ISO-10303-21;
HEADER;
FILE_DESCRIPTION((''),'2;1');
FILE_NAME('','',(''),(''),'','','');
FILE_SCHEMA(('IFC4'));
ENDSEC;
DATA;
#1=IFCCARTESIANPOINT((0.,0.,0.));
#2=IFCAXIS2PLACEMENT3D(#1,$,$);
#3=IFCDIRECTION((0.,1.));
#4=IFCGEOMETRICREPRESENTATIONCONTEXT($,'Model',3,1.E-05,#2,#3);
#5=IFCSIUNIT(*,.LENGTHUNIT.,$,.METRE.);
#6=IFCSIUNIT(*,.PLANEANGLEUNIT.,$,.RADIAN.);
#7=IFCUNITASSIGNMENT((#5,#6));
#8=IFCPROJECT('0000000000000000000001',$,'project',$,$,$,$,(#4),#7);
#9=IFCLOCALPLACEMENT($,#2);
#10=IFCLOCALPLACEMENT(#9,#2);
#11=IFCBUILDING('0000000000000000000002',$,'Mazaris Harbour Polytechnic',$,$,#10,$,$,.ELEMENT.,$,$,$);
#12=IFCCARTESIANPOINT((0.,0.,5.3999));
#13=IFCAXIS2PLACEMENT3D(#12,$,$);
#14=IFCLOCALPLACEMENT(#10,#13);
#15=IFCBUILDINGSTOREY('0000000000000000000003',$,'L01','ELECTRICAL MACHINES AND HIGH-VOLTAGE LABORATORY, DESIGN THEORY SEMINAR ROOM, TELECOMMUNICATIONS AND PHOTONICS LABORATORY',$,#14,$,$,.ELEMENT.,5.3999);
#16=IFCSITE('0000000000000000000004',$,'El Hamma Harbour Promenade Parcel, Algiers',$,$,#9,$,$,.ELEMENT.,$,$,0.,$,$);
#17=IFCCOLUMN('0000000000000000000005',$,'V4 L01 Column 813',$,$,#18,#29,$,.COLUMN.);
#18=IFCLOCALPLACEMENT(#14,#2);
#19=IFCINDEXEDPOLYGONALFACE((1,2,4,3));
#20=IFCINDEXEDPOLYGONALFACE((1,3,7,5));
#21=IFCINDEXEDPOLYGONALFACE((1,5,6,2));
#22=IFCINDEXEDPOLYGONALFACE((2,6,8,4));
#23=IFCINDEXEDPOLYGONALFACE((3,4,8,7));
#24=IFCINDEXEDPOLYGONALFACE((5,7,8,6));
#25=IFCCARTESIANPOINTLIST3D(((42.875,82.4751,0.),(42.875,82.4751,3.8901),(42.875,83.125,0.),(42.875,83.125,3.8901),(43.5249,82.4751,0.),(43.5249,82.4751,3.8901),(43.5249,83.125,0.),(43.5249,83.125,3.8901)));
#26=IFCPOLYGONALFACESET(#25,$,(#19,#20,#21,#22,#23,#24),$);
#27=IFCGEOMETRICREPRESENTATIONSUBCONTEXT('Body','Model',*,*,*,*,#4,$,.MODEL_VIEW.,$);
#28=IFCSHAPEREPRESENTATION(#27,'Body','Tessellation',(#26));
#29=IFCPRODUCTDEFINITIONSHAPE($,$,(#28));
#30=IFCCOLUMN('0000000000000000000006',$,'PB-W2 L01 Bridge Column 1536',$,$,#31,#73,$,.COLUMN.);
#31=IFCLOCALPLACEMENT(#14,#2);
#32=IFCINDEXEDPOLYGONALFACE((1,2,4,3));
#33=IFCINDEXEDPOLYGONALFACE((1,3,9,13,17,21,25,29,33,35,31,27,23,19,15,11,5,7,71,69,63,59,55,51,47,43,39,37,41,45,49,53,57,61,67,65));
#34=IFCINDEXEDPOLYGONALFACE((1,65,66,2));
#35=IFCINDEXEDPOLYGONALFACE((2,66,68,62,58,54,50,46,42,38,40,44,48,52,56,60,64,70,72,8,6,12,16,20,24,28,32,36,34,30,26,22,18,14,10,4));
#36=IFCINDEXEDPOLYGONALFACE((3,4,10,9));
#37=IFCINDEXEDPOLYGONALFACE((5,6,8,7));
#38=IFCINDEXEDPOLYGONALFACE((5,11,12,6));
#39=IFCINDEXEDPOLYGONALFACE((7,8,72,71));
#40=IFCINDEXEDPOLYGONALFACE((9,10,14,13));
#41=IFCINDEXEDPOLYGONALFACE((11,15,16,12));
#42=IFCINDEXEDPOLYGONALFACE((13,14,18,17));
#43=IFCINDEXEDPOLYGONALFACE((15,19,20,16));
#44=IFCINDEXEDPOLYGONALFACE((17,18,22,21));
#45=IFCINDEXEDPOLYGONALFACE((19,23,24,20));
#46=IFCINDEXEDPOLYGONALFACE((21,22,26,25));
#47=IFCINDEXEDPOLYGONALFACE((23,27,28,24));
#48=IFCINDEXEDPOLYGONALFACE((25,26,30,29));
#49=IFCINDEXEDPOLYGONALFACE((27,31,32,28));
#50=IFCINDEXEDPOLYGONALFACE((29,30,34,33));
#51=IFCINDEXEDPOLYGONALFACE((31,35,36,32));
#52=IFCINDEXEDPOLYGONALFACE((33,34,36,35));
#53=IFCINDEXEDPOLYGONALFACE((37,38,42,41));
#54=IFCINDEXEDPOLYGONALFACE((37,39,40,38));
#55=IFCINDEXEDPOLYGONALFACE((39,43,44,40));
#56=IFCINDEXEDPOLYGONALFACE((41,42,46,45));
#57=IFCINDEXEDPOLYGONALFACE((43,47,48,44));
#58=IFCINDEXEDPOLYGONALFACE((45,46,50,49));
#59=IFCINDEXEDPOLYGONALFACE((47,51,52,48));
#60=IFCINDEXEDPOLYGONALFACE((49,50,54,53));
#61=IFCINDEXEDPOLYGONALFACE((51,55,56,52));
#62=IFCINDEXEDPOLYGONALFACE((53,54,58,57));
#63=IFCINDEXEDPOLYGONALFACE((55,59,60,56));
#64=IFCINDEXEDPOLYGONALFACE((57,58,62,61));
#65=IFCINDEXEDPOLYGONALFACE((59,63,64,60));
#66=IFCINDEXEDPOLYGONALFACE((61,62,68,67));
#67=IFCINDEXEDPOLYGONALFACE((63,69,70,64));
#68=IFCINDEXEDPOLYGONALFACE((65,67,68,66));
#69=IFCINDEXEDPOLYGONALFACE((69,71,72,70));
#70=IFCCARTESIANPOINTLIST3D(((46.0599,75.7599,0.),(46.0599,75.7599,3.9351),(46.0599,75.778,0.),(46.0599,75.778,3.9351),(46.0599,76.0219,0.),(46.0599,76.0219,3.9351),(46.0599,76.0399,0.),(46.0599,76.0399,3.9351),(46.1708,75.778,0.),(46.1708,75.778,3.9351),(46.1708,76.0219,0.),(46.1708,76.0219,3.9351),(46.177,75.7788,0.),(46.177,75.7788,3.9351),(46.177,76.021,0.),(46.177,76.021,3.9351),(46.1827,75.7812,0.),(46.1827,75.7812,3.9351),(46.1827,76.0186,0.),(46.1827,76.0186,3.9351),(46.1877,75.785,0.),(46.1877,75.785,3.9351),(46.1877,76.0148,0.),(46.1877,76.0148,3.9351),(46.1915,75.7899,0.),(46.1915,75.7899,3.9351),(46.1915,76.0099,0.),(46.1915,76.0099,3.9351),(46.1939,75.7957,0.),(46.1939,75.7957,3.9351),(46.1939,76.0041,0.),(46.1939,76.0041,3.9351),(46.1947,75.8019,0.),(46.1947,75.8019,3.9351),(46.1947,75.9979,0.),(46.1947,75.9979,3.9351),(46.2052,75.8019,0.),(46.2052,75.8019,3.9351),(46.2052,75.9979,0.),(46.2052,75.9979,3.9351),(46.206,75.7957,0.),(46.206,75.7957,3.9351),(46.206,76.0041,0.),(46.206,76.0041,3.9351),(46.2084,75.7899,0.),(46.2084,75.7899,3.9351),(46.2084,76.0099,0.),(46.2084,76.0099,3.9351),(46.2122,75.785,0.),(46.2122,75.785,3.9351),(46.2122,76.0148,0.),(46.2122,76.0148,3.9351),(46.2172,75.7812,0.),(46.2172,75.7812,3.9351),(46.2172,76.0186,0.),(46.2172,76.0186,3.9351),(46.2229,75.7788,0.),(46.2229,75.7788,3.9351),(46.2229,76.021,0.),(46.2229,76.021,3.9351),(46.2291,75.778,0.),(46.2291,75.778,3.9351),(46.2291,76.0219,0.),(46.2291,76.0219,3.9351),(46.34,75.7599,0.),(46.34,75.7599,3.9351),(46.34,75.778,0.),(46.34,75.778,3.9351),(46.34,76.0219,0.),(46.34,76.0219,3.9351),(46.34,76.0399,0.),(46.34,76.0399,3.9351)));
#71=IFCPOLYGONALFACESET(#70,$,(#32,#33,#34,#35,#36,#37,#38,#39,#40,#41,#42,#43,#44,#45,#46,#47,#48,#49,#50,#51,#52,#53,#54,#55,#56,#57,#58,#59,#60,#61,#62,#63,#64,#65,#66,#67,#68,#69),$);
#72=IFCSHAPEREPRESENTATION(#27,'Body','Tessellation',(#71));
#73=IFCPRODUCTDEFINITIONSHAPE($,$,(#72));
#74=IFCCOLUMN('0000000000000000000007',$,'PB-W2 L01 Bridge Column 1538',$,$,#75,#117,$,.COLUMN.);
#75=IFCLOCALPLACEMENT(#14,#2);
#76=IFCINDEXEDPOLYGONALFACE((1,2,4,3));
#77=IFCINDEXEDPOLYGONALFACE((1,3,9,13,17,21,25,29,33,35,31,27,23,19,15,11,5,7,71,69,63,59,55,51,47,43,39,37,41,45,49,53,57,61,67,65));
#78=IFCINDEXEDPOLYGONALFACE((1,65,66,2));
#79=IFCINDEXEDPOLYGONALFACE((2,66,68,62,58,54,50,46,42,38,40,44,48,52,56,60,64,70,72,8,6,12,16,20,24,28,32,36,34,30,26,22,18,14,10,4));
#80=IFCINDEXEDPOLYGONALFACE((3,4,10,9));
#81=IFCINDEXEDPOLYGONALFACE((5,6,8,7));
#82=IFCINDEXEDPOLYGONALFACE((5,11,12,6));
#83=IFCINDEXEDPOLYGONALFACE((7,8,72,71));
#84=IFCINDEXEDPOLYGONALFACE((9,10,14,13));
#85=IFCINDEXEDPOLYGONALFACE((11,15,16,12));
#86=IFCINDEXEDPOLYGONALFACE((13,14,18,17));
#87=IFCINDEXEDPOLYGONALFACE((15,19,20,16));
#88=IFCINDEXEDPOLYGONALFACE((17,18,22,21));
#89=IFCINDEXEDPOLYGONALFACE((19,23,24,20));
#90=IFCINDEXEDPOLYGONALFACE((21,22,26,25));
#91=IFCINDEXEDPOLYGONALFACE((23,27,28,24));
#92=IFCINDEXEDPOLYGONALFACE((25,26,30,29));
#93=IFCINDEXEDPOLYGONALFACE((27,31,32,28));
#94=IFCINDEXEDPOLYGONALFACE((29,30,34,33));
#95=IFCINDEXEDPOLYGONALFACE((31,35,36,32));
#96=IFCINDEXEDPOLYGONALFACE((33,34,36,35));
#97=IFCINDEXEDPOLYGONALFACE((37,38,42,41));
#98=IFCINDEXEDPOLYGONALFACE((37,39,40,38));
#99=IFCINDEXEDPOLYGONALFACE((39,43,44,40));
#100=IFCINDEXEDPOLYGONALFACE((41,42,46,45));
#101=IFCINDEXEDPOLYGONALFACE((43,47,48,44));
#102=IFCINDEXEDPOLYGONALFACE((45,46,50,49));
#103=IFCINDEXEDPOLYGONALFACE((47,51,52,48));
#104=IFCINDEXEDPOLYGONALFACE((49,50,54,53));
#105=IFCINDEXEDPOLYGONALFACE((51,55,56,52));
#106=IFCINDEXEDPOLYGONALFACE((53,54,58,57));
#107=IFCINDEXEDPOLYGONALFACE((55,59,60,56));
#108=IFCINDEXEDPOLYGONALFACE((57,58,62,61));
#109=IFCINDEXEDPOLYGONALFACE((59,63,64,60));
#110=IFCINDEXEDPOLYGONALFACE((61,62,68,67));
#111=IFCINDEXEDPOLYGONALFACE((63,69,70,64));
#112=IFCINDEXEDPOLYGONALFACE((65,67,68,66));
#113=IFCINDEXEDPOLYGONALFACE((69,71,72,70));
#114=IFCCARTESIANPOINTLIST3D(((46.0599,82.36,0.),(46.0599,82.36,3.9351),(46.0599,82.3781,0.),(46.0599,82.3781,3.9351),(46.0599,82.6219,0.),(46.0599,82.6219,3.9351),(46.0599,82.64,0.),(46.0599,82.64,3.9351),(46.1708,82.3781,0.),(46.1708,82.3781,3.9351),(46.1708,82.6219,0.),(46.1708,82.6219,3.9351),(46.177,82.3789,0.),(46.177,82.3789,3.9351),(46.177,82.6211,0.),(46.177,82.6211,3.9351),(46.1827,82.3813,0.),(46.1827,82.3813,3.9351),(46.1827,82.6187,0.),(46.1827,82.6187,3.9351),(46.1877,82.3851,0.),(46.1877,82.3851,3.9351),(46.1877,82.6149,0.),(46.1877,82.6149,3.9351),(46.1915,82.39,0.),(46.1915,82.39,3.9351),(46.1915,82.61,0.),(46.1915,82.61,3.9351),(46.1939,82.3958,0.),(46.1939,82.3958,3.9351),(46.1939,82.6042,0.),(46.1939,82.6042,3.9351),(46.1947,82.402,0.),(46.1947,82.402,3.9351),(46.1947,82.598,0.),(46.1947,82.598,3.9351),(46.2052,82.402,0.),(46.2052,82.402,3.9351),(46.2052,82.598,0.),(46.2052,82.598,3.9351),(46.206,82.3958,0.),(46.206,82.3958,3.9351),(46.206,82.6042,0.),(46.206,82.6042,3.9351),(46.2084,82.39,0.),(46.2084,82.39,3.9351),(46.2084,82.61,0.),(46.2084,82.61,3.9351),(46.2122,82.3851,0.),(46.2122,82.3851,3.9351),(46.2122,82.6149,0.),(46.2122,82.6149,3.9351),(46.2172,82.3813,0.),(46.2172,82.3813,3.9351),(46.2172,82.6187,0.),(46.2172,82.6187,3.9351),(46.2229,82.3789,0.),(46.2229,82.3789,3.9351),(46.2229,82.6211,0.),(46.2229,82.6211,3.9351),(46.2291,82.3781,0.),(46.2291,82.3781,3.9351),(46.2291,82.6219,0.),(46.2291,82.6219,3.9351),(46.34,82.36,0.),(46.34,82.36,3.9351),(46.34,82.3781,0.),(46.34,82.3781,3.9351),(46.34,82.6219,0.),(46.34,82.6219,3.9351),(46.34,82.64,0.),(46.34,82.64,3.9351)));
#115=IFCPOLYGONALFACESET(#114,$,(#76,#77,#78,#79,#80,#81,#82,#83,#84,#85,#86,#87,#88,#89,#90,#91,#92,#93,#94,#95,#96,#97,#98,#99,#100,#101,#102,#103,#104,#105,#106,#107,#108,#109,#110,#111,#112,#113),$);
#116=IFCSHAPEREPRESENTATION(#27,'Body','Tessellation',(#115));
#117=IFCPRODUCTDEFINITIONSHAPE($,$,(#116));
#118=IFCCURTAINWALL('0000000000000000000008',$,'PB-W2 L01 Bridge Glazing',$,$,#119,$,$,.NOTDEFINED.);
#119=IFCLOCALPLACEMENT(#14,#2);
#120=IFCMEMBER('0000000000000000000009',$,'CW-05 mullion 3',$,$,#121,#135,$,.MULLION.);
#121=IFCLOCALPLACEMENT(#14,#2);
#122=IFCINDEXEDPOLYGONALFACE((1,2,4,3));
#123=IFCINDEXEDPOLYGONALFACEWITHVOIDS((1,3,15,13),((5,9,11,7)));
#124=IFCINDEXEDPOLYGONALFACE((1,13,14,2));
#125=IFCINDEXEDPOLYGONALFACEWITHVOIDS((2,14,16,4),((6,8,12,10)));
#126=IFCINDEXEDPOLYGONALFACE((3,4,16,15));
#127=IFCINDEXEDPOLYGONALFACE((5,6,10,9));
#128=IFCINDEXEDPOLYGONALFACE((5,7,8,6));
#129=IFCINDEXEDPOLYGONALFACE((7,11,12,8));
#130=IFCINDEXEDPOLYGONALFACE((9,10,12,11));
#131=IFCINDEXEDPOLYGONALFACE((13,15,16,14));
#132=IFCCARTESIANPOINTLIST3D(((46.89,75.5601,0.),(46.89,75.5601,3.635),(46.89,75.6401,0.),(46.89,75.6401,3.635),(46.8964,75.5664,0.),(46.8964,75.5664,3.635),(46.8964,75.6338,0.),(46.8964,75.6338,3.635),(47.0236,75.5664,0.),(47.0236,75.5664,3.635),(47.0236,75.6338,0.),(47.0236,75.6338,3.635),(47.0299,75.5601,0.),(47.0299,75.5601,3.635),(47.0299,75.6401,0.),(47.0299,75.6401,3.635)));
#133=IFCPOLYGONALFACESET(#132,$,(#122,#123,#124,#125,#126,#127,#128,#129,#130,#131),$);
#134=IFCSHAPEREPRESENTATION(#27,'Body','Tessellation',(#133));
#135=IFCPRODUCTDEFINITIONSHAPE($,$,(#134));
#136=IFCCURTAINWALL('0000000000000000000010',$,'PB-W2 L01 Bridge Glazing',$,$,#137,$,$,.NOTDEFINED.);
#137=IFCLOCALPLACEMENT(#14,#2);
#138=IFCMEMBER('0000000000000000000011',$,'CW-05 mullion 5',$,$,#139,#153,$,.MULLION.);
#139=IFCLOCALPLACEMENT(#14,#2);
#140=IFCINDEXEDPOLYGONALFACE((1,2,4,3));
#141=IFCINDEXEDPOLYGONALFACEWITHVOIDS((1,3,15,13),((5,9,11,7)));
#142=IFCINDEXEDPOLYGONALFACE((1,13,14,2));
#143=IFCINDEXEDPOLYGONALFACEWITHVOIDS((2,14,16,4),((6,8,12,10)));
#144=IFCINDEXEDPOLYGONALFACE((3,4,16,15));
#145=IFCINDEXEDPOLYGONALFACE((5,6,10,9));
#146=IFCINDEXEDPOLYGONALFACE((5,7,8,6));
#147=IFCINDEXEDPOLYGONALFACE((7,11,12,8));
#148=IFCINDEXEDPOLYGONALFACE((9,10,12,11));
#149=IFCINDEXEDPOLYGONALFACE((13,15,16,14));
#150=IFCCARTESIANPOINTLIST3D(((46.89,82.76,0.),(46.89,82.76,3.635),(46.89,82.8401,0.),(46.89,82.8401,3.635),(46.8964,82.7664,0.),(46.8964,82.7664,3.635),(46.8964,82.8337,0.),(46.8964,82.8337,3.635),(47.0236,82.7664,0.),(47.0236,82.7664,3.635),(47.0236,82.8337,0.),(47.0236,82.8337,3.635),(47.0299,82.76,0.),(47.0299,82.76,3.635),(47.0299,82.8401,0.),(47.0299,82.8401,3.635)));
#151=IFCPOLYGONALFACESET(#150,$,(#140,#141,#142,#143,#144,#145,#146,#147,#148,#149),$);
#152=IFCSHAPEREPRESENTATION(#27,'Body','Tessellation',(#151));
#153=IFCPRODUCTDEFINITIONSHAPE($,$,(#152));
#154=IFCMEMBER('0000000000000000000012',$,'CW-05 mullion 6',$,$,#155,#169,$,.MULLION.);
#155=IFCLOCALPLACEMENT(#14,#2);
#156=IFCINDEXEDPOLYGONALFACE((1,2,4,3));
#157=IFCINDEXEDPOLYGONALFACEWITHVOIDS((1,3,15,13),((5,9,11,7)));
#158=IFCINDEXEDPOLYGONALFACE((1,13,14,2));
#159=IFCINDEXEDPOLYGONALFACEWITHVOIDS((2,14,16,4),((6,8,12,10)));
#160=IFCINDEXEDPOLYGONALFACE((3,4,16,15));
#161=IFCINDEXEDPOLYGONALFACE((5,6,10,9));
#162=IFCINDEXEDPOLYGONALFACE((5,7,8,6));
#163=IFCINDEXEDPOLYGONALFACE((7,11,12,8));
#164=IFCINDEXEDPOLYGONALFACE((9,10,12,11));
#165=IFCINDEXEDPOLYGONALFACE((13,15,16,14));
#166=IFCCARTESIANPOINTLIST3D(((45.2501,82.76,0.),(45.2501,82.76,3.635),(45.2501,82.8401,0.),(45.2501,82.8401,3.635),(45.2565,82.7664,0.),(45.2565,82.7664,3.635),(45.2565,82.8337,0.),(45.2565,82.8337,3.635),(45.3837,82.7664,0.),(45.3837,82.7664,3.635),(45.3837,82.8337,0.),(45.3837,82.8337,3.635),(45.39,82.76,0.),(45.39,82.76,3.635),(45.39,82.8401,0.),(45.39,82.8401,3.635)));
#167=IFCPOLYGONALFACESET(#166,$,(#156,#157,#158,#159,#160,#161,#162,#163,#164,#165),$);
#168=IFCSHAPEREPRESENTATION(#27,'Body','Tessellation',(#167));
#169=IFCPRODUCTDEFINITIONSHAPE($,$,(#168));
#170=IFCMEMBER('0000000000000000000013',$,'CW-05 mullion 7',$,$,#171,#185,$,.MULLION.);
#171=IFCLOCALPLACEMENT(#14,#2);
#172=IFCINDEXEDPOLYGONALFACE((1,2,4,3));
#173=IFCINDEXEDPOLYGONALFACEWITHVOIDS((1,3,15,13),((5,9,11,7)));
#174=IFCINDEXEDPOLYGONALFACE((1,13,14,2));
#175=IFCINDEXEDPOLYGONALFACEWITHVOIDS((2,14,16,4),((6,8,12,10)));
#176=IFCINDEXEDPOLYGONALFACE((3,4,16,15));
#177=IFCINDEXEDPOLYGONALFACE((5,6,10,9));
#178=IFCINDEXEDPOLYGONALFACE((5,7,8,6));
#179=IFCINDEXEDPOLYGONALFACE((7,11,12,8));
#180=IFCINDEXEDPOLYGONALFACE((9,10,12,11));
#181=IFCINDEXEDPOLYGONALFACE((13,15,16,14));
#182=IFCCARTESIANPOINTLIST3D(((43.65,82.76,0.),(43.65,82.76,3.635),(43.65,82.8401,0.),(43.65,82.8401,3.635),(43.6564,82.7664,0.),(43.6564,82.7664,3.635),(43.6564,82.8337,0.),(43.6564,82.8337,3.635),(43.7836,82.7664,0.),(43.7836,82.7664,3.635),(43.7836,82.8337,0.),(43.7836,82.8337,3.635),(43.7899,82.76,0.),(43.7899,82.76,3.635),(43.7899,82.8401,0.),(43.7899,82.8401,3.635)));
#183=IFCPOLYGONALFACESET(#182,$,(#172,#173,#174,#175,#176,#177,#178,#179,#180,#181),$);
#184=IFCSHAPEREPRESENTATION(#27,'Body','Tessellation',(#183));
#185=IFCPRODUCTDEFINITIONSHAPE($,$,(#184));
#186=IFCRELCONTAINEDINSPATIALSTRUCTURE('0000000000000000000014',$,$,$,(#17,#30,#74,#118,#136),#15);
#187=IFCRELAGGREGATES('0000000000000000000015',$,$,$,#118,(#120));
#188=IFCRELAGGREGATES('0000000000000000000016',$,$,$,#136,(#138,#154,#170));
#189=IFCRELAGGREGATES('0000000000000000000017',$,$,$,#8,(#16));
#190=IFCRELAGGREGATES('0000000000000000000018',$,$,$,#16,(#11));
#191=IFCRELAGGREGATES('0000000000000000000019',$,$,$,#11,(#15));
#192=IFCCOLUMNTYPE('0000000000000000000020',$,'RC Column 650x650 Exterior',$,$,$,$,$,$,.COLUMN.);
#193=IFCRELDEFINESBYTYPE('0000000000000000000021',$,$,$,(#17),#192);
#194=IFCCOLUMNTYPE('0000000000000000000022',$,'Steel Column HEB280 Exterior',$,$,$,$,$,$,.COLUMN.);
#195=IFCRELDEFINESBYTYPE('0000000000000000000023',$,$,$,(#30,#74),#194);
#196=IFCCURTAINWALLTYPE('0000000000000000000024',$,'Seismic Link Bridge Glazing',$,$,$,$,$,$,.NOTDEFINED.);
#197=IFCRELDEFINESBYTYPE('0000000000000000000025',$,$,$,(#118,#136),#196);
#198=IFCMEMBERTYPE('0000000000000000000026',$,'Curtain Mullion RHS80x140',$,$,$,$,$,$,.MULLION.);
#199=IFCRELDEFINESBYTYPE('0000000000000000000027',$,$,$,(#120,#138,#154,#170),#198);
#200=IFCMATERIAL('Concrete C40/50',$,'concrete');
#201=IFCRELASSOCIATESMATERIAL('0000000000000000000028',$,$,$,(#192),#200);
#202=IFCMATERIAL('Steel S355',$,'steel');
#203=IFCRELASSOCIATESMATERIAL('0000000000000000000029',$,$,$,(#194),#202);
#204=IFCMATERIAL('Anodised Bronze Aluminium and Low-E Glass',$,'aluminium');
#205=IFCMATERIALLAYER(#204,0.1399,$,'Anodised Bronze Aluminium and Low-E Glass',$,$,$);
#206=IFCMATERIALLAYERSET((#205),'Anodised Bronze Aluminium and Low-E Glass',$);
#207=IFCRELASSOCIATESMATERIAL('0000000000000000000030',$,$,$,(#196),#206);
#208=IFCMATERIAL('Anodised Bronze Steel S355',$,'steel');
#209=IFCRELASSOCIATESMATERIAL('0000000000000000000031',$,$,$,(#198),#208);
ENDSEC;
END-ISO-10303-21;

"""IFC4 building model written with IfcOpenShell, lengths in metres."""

from ifc_helpers import new_model, si_unit, direction, frame, origin, origin_2d, place, context, subcontext, project, spatial, rectangle, hollow_rectangle, i_section, extrude, material, layer, layer_set, material_profile, profile_set, type_object, element, aggregate, save


model = new_model("IFC4")

# Units and contexts
model_context = context("Model", 3, precision=1e-05, world=origin(), true_north=direction((0.0, 1.0)))
body_context = subcontext(model_context, "Body", "Model", "MODEL_VIEW")
ifc_project = project(units=[si_unit("LENGTHUNIT", "METRE"), si_unit("PLANEANGLEUNIT", "RADIAN")], contexts=[model_context])

# Site, building, storey
site_placement = place(None, origin())
site = spatial("IfcSite", under=ifc_project, at=site_placement, Name="El Hamma Harbour Promenade Parcel, Algiers", CompositionType="ELEMENT", RefElevation=0.0)
building_placement = place(site_placement, origin())
building = spatial("IfcBuilding", under=site, at=building_placement, Name="Mazaris Harbour Polytechnic", CompositionType="ELEMENT")
storey_placement = place(building_placement, frame((0.0, 0.0, 5.3999)))
storey = spatial("IfcBuildingStorey", under=building, at=storey_placement, Name="L01", Description="ELECTRICAL MACHINES AND HIGH-VOLTAGE LABORATORY, DESIGN THEORY SEMINAR ROOM, TELECOMMUNICATIONS AND PHOTONICS LABORATORY", CompositionType="ELEMENT", Elevation=5.3999)

# Columns
ifc_material_1 = material(Name="Concrete C40/50", Category="concrete")
ifc_material_profile_1 = material_profile(ifc_material_1, rectangle(XDim=0.6499, YDim=0.6499, at=origin_2d()), Name="RECT650x650")
ifc_profile_set_1 = profile_set([ifc_material_profile_1], Name="Concrete C40/50")
column_type_1 = type_object("IfcColumnType", Name="RC Column 650x650 Exterior", PredefinedType="COLUMN", material=ifc_profile_set_1)
column_placement = place(storey_placement, frame((43.2, 82.8, 0.0), z_axis=(0.0, 0.0, 1.0), x_axis=(1.0, 0.0, 0.0)))
element("IfcColumn", 1, at=column_placement, inside=storey, type_object=column_type_1, Name="V4 L01 Column 813", PredefinedType="COLUMN", context=body_context, shape_type="SweptSolid", body=[
    extrude(rectangle(XDim=0.6499, YDim=0.6499, at=origin_2d()), origin(), (0.0, 0.0, 1.0), 3.8901),
])
ifc_material_2 = material(Name="Steel S355", Category="steel")
ifc_material_profile_2 = material_profile(ifc_material_2, i_section(OverallWidth=0.28, OverallDepth=0.28, WebThickness=0.0105, FlangeThickness=0.0181, FilletRadius=0.0239, at=origin_2d()), Name="HEB 280")
ifc_profile_set_2 = profile_set([ifc_material_profile_2], Name="Steel S355")
column_type_2 = type_object("IfcColumnType", Name="Steel Column HEB280 Exterior", PredefinedType="COLUMN", material=ifc_profile_set_2)
for number, where, z_axis, x_axis, name in (
    (2, (46.2, 75.8999, 0.0), (0.0, 0.0, 1.0), (1.0, 0.0, 0.0), "PB-W2 L01 Bridge Column 1536"),
    (3, (46.2, 82.5, 0.0), (0.0, 0.0, 1.0), (1.0, 0.0, 0.0), "PB-W2 L01 Bridge Column 1538"),
):
    element("IfcColumn", number, at=place(storey_placement, frame(where, z_axis=z_axis, x_axis=x_axis)), inside=storey, type_object=column_type_2, Name=name, PredefinedType="COLUMN", context=body_context, shape_type="SweptSolid", body=[
        extrude(i_section(OverallWidth=0.28, OverallDepth=0.28, WebThickness=0.0105, FlangeThickness=0.0181, FilletRadius=0.0239, at=origin_2d()), origin(), (0.0, 0.0, 1.0), 3.9351),
    ])

# Curtain wall, member
ifc_material_3 = material(Name="Anodised Bronze Aluminium and Low-E Glass", Category="aluminium")
ifc_layer_1 = layer(ifc_material_3, 0.1399, Name="Anodised Bronze Aluminium and Low-E Glass")
ifc_layer_set_1 = layer_set([ifc_layer_1], Name="Anodised Bronze Aluminium and Low-E Glass")
curtain_wall_type = type_object("IfcCurtainWallType", Name="Seismic Link Bridge Glazing", PredefinedType="NOTDEFINED", material=ifc_layer_set_1)
curtain_wall_1_placement = place(storey_placement, origin())
curtain_wall_1 = element("IfcCurtainWall", 4, at=curtain_wall_1_placement, inside=storey, type_object=curtain_wall_type, Name="PB-W2 L01 Bridge Glazing", PredefinedType="NOTDEFINED")
ifc_material_4 = material(Name="Anodised Bronze Steel S355", Category="steel")
ifc_material_profile_3 = material_profile(ifc_material_4, hollow_rectangle(XDim=0.0801, YDim=0.1399, WallThickness=0.0063, at=origin_2d()), Name="RHS 80x140x6.3")
ifc_profile_set_3 = profile_set([ifc_material_profile_3], Name="Anodised Bronze Steel S355")
member_type_1 = type_object("IfcMemberType", Name="Curtain Mullion RHS80x140", PredefinedType="MULLION", material=ifc_profile_set_3)
member_1_placement = place(storey_placement, frame((46.96, 75.6001, 0.0), z_axis=(0.0, 0.0, 1.0), x_axis=(0.0, 1.0, 0.0)))
member_1 = element("IfcMember", 5, at=member_1_placement, type_object=member_type_1, Name="CW-05 mullion 3", PredefinedType="MULLION", context=body_context, shape_type="SweptSolid", body=[
    extrude(hollow_rectangle(XDim=0.0801, YDim=0.1399, WallThickness=0.0063, at=origin_2d()), origin(), (0.0, 0.0, 1.0), 3.635),
])

# Curtain wall, members
curtain_wall_2_placement = place(storey_placement, origin())
curtain_wall_2 = element("IfcCurtainWall", 6, at=curtain_wall_2_placement, inside=storey, type_object=curtain_wall_type, Name="PB-W2 L01 Bridge Glazing", PredefinedType="NOTDEFINED")
member_2_placement = place(storey_placement, frame((46.96, 82.8, 0.0), z_axis=(0.0, 0.0, 1.0), x_axis=(0.0, -1.0, 0.0)))
member_2 = element("IfcMember", 7, at=member_2_placement, type_object=member_type_1, Name="CW-05 mullion 5", PredefinedType="MULLION", context=body_context, shape_type="SweptSolid", body=[
    extrude(hollow_rectangle(XDim=0.0801, YDim=0.1399, WallThickness=0.0063, at=origin_2d()), origin(), (0.0, 0.0, 1.0), 3.635),
])
member_3_placement = place(storey_placement, frame((45.3201, 82.8, 0.0), z_axis=(0.0, 0.0, 1.0), x_axis=(0.0, -1.0, 0.0)))
member_3 = element("IfcMember", 8, at=member_3_placement, type_object=member_type_1, Name="CW-05 mullion 6", PredefinedType="MULLION", context=body_context, shape_type="SweptSolid", body=[
    extrude(hollow_rectangle(XDim=0.0801, YDim=0.1399, WallThickness=0.0063, at=origin_2d()), origin(), (0.0, 0.0, 1.0), 3.635),
])
member_4_placement = place(storey_placement, frame((43.72, 82.8, 0.0), z_axis=(0.0, 0.0, 1.0), x_axis=(0.0, -1.0, 0.0)))
member_4 = element("IfcMember", 9, at=member_4_placement, type_object=member_type_1, Name="CW-05 mullion 7", PredefinedType="MULLION", context=body_context, shape_type="SweptSolid", body=[
    extrude(hollow_rectangle(XDim=0.0801, YDim=0.1399, WallThickness=0.0063, at=origin_2d()), origin(), (0.0, 0.0, 1.0), 3.635),
])

aggregate(curtain_wall_1, [member_1])
aggregate(curtain_wall_2, [member_2, member_3, member_4])

save(model, "model.ifc")
